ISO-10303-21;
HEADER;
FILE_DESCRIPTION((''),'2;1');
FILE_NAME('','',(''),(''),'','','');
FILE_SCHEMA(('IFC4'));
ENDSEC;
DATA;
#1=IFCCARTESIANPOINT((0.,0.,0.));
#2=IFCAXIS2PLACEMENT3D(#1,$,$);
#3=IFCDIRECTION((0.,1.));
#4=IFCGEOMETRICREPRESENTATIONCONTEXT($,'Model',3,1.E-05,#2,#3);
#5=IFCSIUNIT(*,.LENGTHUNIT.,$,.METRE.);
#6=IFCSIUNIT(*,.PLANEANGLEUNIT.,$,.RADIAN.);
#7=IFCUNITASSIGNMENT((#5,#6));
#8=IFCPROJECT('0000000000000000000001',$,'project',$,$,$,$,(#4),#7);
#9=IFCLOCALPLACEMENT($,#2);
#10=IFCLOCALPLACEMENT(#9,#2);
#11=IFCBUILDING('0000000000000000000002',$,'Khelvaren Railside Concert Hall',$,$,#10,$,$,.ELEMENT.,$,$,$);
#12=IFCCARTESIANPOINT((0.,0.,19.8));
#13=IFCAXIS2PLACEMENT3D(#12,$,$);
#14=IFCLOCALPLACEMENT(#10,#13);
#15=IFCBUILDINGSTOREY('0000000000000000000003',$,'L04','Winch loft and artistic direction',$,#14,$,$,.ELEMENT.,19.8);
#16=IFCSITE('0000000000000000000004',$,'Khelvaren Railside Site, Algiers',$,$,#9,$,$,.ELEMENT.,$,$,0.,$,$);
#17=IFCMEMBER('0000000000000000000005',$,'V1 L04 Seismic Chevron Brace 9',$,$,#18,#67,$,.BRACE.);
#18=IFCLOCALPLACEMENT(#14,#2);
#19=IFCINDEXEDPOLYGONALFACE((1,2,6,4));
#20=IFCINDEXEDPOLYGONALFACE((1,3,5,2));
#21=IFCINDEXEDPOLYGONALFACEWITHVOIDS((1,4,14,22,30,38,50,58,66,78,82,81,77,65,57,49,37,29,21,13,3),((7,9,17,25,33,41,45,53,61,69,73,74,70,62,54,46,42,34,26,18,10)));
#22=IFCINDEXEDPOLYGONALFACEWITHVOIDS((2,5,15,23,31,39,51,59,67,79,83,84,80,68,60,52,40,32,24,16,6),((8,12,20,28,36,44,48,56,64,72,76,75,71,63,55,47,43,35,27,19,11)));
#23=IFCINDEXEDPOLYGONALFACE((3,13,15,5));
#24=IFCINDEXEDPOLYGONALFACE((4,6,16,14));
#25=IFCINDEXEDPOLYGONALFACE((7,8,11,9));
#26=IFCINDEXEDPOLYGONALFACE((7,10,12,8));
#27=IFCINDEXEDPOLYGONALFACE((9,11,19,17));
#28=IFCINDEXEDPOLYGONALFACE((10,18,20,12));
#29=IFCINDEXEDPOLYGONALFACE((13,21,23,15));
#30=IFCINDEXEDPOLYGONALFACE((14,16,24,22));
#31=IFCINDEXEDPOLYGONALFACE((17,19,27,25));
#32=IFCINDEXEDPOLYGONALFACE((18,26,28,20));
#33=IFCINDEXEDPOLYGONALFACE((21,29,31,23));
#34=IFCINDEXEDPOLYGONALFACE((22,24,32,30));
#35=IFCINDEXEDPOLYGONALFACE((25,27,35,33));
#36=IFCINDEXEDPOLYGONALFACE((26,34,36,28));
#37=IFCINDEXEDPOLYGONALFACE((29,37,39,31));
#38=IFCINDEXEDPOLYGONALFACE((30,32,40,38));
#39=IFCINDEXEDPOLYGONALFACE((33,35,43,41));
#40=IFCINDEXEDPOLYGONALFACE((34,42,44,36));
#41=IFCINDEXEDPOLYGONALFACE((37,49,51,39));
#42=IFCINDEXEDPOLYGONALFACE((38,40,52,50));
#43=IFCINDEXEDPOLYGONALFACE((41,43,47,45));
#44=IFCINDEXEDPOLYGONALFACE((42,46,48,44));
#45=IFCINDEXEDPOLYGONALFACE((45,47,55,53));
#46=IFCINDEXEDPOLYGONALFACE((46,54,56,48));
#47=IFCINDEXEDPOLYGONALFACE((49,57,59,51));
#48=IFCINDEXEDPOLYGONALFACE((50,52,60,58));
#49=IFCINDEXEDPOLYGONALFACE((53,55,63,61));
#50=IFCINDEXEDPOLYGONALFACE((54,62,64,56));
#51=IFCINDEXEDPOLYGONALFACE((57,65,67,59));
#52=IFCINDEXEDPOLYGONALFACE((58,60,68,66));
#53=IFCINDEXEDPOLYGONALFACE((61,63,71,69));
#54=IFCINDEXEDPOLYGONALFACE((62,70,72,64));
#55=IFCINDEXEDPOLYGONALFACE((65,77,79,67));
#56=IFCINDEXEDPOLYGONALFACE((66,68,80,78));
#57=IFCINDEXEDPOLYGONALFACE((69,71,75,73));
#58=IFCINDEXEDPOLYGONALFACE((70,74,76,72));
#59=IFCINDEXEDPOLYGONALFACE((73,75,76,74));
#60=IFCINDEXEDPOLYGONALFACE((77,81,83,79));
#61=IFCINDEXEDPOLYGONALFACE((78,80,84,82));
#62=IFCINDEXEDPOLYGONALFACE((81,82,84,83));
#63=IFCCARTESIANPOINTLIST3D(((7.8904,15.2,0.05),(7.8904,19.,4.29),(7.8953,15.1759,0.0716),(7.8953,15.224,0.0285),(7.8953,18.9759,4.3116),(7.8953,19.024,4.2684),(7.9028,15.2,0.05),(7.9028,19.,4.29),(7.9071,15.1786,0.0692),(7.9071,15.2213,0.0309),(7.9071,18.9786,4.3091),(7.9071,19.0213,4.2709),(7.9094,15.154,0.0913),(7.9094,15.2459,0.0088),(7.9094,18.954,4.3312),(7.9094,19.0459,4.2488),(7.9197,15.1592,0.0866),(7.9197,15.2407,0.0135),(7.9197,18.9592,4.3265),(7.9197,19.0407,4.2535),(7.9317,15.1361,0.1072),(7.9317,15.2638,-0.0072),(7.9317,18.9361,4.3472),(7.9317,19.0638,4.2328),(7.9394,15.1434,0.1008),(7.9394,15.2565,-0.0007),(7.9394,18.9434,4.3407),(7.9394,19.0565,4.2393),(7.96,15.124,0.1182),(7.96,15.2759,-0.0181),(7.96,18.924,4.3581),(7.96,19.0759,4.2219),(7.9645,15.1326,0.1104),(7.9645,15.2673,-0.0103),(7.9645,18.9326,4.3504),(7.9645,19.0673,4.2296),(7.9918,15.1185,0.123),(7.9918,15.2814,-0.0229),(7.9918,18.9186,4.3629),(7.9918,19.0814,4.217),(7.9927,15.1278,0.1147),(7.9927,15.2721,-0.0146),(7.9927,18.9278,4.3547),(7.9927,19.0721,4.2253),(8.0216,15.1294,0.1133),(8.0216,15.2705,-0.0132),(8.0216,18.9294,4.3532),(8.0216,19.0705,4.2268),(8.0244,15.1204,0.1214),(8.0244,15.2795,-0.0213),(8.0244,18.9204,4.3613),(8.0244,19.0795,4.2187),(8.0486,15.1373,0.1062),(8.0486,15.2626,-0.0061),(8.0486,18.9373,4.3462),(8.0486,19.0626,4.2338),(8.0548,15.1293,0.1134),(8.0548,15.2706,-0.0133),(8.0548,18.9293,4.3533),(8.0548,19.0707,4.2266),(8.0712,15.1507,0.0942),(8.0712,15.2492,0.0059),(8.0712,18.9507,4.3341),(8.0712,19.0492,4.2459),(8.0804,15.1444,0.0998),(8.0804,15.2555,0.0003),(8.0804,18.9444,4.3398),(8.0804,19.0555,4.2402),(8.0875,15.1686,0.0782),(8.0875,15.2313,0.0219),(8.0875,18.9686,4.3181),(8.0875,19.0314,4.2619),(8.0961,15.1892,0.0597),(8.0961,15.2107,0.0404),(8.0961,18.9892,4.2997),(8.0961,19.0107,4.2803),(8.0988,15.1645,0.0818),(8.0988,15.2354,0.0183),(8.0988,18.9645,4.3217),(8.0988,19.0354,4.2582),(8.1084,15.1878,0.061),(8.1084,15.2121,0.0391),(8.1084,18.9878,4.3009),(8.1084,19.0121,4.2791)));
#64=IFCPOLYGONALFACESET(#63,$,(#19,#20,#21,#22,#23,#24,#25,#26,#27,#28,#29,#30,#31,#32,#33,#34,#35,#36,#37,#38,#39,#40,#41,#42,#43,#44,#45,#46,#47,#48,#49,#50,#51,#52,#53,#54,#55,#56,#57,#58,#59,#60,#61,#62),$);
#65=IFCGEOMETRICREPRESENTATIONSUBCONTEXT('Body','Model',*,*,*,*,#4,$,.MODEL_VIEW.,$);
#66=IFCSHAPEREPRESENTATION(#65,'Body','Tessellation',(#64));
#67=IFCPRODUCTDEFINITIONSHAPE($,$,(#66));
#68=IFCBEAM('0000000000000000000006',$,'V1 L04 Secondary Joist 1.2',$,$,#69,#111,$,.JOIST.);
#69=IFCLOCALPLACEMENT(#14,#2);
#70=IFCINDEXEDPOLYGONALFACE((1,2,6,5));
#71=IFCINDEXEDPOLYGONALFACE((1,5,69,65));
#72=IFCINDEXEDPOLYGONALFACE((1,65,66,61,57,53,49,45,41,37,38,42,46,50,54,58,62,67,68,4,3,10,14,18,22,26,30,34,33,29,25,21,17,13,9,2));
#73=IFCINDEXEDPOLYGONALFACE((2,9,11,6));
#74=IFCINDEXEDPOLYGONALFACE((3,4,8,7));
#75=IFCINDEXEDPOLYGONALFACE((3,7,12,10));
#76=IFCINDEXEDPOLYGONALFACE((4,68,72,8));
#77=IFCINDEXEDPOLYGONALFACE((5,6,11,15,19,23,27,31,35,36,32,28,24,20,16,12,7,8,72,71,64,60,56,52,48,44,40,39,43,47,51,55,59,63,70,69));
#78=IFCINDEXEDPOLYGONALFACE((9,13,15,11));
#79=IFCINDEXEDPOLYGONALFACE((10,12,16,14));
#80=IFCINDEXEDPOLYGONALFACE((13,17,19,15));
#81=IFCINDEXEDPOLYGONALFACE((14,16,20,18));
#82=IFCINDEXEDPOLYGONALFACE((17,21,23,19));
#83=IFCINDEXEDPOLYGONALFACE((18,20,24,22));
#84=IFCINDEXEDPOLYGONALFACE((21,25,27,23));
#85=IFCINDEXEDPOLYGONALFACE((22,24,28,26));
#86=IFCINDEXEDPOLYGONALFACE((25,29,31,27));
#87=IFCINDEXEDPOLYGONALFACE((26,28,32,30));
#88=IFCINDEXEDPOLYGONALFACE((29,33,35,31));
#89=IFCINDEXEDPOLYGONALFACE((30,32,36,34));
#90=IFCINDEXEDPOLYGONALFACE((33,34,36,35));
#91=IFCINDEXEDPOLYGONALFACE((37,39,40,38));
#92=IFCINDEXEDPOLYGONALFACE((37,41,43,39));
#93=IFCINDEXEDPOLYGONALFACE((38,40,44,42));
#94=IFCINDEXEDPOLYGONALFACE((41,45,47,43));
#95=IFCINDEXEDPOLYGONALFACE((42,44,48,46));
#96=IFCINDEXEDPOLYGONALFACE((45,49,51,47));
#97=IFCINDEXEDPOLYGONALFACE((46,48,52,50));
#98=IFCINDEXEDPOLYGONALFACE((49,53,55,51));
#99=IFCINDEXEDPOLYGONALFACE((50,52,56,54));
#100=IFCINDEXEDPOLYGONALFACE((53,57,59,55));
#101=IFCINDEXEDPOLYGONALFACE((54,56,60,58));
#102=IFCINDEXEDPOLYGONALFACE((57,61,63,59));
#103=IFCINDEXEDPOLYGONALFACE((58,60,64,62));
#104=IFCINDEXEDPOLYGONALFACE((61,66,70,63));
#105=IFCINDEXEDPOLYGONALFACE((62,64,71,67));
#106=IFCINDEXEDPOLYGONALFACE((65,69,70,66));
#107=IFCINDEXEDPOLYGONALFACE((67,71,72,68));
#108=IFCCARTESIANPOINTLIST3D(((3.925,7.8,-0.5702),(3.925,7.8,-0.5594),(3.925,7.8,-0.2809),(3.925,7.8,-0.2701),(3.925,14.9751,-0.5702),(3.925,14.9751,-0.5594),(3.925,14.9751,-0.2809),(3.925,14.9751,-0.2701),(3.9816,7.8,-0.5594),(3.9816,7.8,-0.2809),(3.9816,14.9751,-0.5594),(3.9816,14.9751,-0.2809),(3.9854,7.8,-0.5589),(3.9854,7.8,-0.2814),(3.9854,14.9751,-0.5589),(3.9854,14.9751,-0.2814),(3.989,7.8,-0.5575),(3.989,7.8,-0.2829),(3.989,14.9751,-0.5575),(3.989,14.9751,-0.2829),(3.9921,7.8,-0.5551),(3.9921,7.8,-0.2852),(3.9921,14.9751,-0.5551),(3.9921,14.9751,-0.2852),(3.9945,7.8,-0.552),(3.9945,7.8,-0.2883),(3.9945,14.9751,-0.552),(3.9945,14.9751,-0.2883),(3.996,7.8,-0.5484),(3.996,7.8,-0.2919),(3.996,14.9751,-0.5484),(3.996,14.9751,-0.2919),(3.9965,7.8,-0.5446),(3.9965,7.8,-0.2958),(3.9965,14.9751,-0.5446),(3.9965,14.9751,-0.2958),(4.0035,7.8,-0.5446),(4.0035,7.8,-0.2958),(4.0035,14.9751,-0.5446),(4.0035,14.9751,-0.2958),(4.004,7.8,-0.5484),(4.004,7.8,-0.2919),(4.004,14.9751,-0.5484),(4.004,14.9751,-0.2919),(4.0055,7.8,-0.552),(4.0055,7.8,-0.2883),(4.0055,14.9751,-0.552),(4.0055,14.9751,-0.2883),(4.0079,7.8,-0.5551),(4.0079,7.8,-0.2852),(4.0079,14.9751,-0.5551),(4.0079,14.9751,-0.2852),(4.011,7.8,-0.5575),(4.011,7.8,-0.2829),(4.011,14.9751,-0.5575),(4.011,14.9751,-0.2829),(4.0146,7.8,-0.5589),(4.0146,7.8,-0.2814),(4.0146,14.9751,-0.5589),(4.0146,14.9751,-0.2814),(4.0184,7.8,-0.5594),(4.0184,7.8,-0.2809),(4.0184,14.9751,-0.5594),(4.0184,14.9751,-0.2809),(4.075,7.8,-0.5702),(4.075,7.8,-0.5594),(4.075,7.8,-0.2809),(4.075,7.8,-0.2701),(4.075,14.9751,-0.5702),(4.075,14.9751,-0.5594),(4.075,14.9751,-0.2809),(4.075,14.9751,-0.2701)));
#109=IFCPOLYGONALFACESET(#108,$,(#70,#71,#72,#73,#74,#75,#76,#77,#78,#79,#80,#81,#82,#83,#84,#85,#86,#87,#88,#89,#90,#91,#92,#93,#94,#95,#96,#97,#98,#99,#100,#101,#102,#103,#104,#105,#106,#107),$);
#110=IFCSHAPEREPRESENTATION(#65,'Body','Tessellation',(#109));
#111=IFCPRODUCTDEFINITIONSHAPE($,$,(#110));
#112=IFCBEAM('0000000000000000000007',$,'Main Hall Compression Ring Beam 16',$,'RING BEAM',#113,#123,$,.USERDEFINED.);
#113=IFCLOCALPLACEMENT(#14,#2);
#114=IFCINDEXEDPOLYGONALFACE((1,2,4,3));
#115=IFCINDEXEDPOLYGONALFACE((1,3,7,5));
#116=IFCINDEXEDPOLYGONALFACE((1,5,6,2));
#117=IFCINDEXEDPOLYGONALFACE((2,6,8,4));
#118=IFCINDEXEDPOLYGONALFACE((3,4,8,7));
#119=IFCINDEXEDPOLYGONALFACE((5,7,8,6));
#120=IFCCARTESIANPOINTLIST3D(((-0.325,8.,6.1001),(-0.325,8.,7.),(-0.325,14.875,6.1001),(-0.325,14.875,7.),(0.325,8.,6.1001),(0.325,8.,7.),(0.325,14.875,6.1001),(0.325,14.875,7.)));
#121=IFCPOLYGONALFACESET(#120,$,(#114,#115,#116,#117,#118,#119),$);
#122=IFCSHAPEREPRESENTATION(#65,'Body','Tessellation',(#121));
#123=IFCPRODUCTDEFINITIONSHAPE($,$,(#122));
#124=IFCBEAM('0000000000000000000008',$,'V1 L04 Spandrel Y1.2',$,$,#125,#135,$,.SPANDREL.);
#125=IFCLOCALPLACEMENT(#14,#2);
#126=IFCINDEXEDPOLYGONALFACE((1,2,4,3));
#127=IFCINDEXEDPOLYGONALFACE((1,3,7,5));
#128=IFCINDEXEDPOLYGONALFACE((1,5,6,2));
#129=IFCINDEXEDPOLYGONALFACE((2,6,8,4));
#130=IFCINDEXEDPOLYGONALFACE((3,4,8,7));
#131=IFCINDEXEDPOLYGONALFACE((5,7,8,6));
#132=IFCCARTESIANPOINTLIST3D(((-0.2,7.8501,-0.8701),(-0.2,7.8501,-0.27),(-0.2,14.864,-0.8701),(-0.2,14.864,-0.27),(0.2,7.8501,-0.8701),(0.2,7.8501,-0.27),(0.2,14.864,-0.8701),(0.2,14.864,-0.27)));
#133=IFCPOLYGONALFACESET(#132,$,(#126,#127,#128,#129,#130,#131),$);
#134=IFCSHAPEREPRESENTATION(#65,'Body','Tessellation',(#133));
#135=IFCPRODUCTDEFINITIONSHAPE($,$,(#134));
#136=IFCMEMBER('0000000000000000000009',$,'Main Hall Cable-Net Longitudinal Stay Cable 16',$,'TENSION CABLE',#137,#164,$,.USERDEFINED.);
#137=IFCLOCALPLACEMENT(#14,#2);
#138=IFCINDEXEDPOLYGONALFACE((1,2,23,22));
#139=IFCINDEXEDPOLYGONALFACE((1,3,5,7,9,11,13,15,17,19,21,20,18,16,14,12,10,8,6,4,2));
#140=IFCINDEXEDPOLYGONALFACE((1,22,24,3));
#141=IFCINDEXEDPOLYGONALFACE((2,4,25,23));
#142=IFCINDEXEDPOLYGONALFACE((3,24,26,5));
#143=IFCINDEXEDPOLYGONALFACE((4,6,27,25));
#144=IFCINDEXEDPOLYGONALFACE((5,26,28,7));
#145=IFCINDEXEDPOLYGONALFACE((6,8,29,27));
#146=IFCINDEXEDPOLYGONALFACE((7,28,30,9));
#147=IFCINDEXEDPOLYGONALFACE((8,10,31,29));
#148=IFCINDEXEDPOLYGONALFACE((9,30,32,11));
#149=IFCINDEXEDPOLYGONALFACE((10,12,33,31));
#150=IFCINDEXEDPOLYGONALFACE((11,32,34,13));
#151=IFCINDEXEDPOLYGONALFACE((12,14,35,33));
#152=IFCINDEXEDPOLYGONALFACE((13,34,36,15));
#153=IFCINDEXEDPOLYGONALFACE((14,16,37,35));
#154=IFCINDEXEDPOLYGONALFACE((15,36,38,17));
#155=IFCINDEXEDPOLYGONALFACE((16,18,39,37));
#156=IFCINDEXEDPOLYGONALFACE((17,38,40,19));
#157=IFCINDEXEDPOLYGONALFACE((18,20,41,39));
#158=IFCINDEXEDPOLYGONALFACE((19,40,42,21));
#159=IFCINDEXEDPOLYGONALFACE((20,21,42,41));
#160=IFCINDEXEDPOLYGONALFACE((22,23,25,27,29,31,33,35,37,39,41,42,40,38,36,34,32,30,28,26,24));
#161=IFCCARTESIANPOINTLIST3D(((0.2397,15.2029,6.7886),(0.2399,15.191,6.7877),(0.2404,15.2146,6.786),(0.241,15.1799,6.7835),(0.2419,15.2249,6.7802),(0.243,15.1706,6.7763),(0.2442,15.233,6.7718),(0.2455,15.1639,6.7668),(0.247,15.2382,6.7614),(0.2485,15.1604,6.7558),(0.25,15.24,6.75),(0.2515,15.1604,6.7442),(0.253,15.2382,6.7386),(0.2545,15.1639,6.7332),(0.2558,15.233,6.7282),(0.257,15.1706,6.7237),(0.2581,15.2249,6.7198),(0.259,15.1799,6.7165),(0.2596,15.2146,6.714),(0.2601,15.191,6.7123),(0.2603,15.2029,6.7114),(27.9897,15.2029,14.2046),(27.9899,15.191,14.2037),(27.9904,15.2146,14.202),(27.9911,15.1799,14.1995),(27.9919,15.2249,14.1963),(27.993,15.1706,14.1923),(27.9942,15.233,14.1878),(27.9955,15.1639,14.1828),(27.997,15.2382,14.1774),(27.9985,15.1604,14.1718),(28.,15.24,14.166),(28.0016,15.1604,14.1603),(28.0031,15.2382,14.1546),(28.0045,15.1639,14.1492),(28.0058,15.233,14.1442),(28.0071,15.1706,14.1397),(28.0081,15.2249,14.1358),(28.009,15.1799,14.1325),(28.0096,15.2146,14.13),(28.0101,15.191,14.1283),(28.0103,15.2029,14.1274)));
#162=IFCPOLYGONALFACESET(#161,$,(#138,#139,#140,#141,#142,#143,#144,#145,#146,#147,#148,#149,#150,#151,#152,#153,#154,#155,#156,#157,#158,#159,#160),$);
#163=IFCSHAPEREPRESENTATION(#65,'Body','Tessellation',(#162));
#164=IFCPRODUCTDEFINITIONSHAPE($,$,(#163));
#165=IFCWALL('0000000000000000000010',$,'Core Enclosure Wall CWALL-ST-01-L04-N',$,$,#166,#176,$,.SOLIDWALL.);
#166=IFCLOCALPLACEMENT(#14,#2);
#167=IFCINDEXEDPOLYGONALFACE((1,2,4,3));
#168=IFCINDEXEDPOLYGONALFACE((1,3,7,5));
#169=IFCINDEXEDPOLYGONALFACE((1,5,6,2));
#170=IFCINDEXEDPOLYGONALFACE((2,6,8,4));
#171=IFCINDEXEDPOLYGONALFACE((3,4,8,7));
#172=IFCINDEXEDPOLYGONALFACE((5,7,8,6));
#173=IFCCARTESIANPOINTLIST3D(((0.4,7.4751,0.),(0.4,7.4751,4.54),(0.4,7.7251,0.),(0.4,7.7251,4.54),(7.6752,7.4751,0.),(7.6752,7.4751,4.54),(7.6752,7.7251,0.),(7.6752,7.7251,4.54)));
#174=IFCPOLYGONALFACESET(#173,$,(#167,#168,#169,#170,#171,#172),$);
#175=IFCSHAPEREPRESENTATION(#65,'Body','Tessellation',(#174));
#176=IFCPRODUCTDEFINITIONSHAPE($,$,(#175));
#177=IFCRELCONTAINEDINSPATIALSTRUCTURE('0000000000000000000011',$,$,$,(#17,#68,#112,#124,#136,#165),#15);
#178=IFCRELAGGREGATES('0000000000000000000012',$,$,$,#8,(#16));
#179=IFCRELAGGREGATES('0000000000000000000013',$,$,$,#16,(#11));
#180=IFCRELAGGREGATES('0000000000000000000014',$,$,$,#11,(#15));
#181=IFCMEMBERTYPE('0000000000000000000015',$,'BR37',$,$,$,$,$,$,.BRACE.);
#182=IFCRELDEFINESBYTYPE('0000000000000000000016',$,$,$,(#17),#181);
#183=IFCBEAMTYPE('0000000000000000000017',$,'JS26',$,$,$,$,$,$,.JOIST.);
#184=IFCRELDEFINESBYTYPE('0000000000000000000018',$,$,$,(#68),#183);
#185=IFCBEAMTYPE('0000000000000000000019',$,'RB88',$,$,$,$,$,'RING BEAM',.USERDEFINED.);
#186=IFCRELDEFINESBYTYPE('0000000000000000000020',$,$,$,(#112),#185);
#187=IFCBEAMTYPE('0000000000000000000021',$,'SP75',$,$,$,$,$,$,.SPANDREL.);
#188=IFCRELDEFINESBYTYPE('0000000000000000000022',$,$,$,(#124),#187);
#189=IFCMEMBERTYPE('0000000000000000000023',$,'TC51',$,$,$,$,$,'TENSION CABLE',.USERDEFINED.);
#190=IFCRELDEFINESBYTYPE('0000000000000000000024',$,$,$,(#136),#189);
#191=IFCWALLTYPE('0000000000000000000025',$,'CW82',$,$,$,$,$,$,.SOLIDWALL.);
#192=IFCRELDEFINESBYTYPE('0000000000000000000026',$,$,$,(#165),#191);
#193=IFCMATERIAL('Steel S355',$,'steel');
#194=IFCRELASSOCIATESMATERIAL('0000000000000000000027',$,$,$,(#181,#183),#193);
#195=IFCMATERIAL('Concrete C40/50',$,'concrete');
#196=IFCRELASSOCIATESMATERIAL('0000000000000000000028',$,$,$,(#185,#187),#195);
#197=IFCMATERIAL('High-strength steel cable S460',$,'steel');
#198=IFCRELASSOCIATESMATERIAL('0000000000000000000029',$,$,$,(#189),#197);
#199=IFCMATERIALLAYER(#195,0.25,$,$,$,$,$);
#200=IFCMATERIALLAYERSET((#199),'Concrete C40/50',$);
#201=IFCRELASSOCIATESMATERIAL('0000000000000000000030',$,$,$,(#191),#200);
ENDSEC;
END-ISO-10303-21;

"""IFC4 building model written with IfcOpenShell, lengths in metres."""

from ifc_helpers import new_model, si_unit, direction, frame, frame_2d, origin, origin_2d, place, context, subcontext, project, spatial, rectangle, circle, hollow_circle, i_section, extrude, material, layer, layer_set, material_profile, profile_set, type_object, element, save


model = new_model("IFC4")

# Units and contexts
model_context = context("Model", 3, precision=1e-05, world=origin(), true_north=direction((0.0, 1.0)))
body_context = subcontext(model_context, "Body", "Model", "MODEL_VIEW")
ifc_project = project(units=[si_unit("LENGTHUNIT", "METRE"), si_unit("PLANEANGLEUNIT", "RADIAN")], contexts=[model_context])

# Site, building, storey
site_placement = place(None, origin())
site = spatial("IfcSite", under=ifc_project, at=site_placement, Name="Khelvaren Railside Site, Algiers", CompositionType="ELEMENT", RefElevation=0.0)
building_placement = place(site_placement, origin())
building = spatial("IfcBuilding", under=site, at=building_placement, Name="Khelvaren Railside Concert Hall", CompositionType="ELEMENT")
storey_placement = place(building_placement, frame((0.0, 0.0, 19.8)))
storey = spatial("IfcBuildingStorey", under=building, at=storey_placement, Name="L04", Description="Winch loft and artistic direction", CompositionType="ELEMENT", Elevation=19.8)

# Shared definitions
ifc_material_1 = material(Name="Steel S355", Category="steel")
ifc_material_2 = material(Name="Concrete C40/50", Category="concrete")

# Member
ifc_material_profile_1 = material_profile(ifc_material_1, hollow_circle(Radius=0.1096, WallThickness=0.0125, at=origin_2d()), Name="CHS 219.1x12.5")
ifc_profile_set_1 = profile_set([ifc_material_profile_1], Name="Steel S355")
member_type_1 = type_object("IfcMemberType", Name="BR37", PredefinedType="BRACE", material=ifc_profile_set_1)
member_1_placement = place(storey_placement, frame((8.0, 15.2, 0.05), z_axis=(0.0, 0.667416, 0.744685), x_axis=(-1.0, 0.0, 0.0)))
element("IfcMember", 1, at=member_1_placement, inside=storey, type_object=member_type_1, Name="V1 L04 Seismic Chevron Brace 9", PredefinedType="BRACE", context=body_context, shape_type="SweptSolid", body=[
    extrude(hollow_circle(Radius=0.1096, WallThickness=0.0125, at=origin_2d()), origin(), (0.0, 0.0, 1.0), 5.6936),
])

# Beams
ifc_material_profile_2 = material_profile(ifc_material_1, i_section(OverallWidth=0.1499, OverallDepth=0.3, WebThickness=0.0071, FlangeThickness=0.0107, FilletRadius=0.0149, at=origin_2d()), Name="IPE 300")
ifc_profile_set_2 = profile_set([ifc_material_profile_2], Name="Steel S355")
beam_type_1 = type_object("IfcBeamType", Name="JS26", PredefinedType="JOIST", material=ifc_profile_set_2)
beam_1_placement = place(storey_placement, frame((4.0, 7.8, -0.4202), z_axis=(0.0, 1.0, 0.0), x_axis=(-1.0, 0.0, 0.0)))
element("IfcBeam", 2, at=beam_1_placement, inside=storey, type_object=beam_type_1, Name="V1 L04 Secondary Joist 1.2", PredefinedType="JOIST", context=body_context, shape_type="SweptSolid", body=[
    extrude(i_section(OverallWidth=0.1499, OverallDepth=0.3, WebThickness=0.0071, FlangeThickness=0.0107, FilletRadius=0.0149, at=origin_2d()), origin(), (0.0, 0.0, 1.0), 7.175),
])
ifc_material_profile_3 = material_profile(ifc_material_2, rectangle(XDim=0.6499, YDim=0.8999, at=origin_2d()), Name="RCB 650x900")
ifc_profile_set_3 = profile_set([ifc_material_profile_3], Name="Concrete C40/50")
beam_type_2 = type_object("IfcBeamType", Name="RB88", ElementType="RING BEAM", PredefinedType="USERDEFINED", material=ifc_profile_set_3)
beam_2_placement = place(storey_placement, frame((0.0, 8.0, 6.55), z_axis=(0.0, 1.0, 0.0), x_axis=(-1.0, 0.0, 0.0)))
element("IfcBeam", 3, at=beam_2_placement, inside=storey, type_object=beam_type_2, Name="Main Hall Compression Ring Beam 16", ObjectType="RING BEAM", PredefinedType="USERDEFINED", context=body_context, shape_type="SweptSolid", body=[
    extrude(rectangle(XDim=0.6499, YDim=0.8999, at=origin_2d()), origin(), (0.0, 0.0, 1.0), 6.875),
])
ifc_material_profile_4 = material_profile(ifc_material_2, rectangle(XDim=0.3999, YDim=0.6001, at=origin_2d()), Name="RCB 400x600")
ifc_profile_set_4 = profile_set([ifc_material_profile_4], Name="Concrete C40/50")
beam_type_3 = type_object("IfcBeamType", Name="SP75", PredefinedType="SPANDREL", material=ifc_profile_set_4)
beam_3_placement = place(storey_placement, frame((0.0, 7.8501, -0.5701), z_axis=(0.0, 1.0, 0.0), x_axis=(-1.0, 0.0, 0.0)))
element("IfcBeam", 4, at=beam_3_placement, inside=storey, type_object=beam_type_3, Name="V1 L04 Spandrel Y1.2", PredefinedType="SPANDREL", context=body_context, shape_type="SweptSolid", body=[
    extrude(rectangle(XDim=0.3999, YDim=0.6001, at=origin_2d()), origin(), (0.0, 0.0, 1.0), 7.0139),
])

# Member
ifc_material_3 = material(Name="High-strength steel cable S460", Category="steel")
ifc_material_profile_5 = material_profile(ifc_material_3, circle(Radius=0.04, at=origin_2d()), Name="LCB D80")
ifc_profile_set_5 = profile_set([ifc_material_profile_5], Name="High-strength steel cable S460")
member_type_2 = type_object("IfcMemberType", Name="TC51", ElementType="TENSION CABLE", PredefinedType="USERDEFINED", material=ifc_profile_set_5)
member_2_placement = place(storey_placement, frame((0.25, 15.2, 6.75), z_axis=(0.966096, 0.0, 0.258183), x_axis=(0.0, 1.0, 0.0)))
element("IfcMember", 5, at=member_2_placement, inside=storey, type_object=member_type_2, Name="Main Hall Cable-Net Longitudinal Stay Cable 16", ObjectType="TENSION CABLE", PredefinedType="USERDEFINED", context=body_context, shape_type="SweptSolid", body=[
    extrude(circle(Radius=0.04, at=origin_2d()), origin(), (0.0, 0.0, 1.0), 28.7239),
])

# Wall
ifc_layer_1 = layer(ifc_material_2, 0.25)
ifc_layer_set_1 = layer_set([ifc_layer_1], Name="Concrete C40/50")
wall_type_1 = type_object("IfcWallType", Name="CW82", PredefinedType="SOLIDWALL", material=ifc_layer_set_1)
wall_1_placement = place(storey_placement, frame((0.3999, 7.6001, 0.0), z_axis=(0.0, 0.0, 1.0), x_axis=(1.0, 0.0, 0.0)))
element("IfcWall", 6, at=wall_1_placement, inside=storey, type_object=wall_type_1, Name="Core Enclosure Wall CWALL-ST-01-L04-N", PredefinedType="SOLIDWALL", context=body_context, shape_type="SweptSolid", body=[
    extrude(rectangle(XDim=7.2751, YDim=0.25, at=frame_2d((3.6377, 0.0))), origin(), (0.0, 0.0, 1.0), 4.54),
])

save(model, "model.ifc")
